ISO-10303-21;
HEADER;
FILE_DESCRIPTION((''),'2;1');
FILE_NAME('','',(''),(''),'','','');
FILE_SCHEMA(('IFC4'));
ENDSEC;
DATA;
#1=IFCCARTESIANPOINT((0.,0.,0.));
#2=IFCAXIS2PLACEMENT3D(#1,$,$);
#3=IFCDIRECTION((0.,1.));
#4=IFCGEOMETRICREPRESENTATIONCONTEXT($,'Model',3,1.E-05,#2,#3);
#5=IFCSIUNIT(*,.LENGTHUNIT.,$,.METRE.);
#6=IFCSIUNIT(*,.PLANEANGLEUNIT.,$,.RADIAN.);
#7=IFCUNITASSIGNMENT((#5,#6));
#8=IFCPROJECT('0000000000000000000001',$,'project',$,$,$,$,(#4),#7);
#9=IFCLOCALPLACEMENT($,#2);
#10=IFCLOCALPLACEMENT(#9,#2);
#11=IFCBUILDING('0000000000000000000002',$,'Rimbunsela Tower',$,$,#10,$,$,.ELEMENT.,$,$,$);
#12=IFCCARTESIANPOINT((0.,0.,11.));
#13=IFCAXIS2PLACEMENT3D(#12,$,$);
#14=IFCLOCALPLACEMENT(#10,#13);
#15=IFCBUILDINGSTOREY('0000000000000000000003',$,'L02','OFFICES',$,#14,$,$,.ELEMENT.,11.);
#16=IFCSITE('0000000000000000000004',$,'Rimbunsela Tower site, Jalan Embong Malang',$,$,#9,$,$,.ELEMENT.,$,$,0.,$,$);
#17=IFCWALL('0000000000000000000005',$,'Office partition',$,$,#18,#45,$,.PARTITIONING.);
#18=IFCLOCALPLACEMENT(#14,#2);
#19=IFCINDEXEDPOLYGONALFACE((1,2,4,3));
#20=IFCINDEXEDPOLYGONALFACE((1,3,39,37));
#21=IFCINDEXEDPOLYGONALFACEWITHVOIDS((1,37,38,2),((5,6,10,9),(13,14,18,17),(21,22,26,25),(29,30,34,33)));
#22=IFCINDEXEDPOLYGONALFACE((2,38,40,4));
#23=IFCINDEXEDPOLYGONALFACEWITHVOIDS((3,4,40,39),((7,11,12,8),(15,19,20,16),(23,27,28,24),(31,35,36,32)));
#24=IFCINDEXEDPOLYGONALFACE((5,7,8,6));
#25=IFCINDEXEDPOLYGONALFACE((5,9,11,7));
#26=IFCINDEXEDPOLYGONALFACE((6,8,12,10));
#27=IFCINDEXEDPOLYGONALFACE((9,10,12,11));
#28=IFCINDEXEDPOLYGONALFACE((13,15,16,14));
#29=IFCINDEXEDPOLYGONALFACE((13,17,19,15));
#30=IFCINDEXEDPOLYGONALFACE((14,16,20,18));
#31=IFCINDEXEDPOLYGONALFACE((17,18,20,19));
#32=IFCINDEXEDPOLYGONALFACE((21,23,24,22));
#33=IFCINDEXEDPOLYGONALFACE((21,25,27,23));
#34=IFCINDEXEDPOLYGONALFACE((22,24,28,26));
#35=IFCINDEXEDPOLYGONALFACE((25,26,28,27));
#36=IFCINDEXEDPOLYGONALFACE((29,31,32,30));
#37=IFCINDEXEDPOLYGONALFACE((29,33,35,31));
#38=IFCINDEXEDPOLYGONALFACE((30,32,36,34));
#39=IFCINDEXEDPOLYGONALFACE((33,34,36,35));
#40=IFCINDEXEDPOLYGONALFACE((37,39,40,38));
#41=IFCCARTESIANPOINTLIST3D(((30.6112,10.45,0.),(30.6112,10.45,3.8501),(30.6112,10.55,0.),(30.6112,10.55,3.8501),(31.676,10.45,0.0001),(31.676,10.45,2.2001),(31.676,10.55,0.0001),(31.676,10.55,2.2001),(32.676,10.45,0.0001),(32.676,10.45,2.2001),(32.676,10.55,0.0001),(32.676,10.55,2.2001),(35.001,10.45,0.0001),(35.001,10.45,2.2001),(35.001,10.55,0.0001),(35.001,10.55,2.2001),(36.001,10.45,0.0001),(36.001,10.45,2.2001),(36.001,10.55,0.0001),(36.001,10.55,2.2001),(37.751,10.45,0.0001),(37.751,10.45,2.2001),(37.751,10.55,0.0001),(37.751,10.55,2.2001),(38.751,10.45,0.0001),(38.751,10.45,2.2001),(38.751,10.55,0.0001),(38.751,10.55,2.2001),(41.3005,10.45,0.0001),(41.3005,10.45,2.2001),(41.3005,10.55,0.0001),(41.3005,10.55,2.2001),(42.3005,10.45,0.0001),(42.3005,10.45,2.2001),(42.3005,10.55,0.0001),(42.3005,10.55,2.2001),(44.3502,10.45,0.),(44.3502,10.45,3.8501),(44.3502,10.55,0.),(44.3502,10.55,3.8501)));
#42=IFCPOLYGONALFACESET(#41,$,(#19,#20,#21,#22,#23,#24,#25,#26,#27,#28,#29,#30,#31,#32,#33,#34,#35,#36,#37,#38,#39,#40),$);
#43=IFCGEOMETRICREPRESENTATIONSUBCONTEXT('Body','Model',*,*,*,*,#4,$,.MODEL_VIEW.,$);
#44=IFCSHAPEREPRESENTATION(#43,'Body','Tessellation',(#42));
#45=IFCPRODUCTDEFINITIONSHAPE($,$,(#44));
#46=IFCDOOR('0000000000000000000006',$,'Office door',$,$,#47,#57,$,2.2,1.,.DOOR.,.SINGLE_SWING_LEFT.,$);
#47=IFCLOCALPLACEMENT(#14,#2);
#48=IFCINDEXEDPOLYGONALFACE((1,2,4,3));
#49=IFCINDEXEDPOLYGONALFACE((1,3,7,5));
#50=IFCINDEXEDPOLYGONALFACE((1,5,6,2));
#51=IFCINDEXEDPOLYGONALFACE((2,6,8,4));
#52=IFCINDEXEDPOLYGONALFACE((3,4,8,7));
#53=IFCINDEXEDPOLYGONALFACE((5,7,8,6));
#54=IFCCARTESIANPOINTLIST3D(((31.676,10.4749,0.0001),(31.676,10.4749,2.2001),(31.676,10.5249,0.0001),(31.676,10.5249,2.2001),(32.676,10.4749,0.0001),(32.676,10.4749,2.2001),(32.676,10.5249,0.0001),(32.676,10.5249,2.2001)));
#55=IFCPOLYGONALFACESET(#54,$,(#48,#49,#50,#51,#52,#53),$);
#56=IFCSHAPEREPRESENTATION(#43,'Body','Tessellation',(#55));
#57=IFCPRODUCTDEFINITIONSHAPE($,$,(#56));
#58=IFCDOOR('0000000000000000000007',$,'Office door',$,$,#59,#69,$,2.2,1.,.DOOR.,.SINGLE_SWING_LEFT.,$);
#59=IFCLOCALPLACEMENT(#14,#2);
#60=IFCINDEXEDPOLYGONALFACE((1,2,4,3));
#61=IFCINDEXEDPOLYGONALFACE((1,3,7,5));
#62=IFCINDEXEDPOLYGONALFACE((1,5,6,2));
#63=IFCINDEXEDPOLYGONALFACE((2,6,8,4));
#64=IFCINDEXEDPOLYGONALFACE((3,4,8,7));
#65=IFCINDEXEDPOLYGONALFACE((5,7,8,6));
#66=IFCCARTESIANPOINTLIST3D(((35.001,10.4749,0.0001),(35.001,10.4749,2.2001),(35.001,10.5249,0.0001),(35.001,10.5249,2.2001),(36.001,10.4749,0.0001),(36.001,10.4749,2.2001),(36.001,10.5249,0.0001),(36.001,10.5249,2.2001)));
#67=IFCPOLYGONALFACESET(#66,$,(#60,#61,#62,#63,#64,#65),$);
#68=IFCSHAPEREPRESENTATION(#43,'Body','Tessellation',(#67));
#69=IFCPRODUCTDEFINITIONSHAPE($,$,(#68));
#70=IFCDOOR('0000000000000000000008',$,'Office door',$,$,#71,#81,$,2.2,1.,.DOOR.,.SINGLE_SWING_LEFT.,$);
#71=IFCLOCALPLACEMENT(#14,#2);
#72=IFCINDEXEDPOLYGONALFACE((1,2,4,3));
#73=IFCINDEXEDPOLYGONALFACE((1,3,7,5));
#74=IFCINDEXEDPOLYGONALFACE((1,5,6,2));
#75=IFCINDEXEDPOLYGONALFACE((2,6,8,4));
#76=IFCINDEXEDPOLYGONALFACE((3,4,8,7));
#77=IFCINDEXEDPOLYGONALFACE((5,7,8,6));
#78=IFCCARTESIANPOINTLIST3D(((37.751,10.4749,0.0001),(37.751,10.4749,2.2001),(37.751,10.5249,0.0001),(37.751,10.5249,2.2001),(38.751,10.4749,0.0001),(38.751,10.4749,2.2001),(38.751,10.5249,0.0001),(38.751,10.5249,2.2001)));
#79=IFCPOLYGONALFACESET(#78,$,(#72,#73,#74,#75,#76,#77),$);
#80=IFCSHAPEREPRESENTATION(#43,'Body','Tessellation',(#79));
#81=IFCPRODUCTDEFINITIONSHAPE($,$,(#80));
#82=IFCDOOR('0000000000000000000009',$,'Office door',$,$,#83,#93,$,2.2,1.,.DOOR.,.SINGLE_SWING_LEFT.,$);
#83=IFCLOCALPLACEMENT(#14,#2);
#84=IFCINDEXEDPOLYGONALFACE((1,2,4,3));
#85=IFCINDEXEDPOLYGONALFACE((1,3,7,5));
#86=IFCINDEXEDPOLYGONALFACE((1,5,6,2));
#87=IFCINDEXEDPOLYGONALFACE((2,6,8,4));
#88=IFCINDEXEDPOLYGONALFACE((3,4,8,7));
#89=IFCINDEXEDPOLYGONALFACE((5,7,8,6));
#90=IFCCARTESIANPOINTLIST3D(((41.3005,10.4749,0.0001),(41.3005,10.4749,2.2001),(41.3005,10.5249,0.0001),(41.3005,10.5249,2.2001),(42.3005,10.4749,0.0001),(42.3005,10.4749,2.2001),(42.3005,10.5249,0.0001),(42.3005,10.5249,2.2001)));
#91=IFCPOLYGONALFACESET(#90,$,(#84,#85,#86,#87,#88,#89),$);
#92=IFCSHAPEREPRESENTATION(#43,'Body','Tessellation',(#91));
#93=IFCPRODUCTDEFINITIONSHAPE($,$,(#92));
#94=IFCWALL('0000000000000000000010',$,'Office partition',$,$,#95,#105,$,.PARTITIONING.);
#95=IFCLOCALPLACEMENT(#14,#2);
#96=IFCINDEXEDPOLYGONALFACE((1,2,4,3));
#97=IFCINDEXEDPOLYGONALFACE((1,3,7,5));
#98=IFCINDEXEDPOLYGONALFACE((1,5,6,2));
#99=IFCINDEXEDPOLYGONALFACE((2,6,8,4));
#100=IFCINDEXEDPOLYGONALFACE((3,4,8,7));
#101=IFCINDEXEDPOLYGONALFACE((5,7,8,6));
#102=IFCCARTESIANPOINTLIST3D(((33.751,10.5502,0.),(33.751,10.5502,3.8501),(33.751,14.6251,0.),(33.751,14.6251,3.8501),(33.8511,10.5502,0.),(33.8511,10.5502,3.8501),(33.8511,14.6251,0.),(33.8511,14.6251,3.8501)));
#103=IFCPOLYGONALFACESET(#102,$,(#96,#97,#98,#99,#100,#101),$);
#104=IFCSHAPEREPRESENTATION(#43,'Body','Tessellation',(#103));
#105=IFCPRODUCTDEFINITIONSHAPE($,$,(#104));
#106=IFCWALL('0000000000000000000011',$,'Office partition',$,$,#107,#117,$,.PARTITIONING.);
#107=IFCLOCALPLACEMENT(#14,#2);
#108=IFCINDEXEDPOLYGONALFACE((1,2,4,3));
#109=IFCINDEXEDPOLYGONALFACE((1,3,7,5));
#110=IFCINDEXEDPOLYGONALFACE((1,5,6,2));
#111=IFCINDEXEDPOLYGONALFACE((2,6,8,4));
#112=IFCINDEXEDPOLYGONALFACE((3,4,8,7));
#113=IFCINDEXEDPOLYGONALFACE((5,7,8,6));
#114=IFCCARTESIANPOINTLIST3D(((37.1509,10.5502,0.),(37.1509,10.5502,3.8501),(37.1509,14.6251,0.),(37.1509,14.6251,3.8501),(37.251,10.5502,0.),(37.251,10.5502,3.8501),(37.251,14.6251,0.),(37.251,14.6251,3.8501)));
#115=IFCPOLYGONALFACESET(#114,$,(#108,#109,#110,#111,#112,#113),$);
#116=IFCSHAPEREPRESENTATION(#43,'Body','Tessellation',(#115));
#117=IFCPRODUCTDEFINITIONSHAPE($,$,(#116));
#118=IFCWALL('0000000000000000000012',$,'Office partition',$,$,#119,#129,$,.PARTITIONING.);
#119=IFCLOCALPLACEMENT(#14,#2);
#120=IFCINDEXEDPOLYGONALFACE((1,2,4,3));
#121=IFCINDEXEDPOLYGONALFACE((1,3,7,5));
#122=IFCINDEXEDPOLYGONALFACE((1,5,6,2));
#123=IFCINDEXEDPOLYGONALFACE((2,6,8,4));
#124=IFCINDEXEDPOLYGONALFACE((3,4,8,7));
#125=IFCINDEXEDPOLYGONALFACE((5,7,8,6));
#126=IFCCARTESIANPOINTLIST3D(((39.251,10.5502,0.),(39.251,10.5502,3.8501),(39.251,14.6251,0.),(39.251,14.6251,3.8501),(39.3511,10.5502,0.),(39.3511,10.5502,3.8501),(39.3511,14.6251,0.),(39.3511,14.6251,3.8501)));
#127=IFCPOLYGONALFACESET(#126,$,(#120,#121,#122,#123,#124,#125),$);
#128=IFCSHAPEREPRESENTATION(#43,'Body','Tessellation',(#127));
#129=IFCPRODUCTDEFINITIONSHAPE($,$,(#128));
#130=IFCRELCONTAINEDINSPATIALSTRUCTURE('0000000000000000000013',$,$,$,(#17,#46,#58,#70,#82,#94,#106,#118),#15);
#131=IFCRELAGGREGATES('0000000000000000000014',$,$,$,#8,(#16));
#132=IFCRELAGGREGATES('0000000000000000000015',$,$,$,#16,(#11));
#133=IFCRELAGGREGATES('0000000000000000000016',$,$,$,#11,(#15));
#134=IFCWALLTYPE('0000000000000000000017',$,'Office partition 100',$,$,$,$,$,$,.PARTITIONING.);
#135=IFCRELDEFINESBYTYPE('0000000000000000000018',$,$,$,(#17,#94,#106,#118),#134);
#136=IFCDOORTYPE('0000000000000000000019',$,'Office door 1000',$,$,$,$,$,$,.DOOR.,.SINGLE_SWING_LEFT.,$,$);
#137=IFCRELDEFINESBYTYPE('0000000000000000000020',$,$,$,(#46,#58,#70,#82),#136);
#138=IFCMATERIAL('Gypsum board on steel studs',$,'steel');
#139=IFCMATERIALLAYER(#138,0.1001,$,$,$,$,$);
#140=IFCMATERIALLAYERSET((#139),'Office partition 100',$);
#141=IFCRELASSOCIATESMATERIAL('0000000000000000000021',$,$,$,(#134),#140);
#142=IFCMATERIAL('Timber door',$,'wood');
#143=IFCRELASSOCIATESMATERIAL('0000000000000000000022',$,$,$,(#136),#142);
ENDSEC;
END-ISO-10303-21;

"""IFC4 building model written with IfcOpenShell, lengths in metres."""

from ifc_helpers import new_model, si_unit, direction, frame, frame_2d, origin, place, context, subcontext, project, spatial, rectangle, extrude, material, layer, layer_set, type_object, element, fill, save


model = new_model("IFC4")

# Units and contexts
model_context = context("Model", 3, precision=1e-05, world=origin(), true_north=direction((0.0, 1.0)))
body_context = subcontext(model_context, "Body", "Model", "MODEL_VIEW")
ifc_project = project(units=[si_unit("LENGTHUNIT", "METRE"), si_unit("PLANEANGLEUNIT", "RADIAN")], contexts=[model_context])

# Site, building, storey
site_placement = place(None, origin())
site = spatial("IfcSite", under=ifc_project, at=site_placement, Name="Rimbunsela Tower site, Jalan Embong Malang", CompositionType="ELEMENT", RefElevation=0.0)
building_placement = place(site_placement, origin())
building = spatial("IfcBuilding", under=site, at=building_placement, Name="Rimbunsela Tower", CompositionType="ELEMENT")
storey_placement = place(building_placement, frame((0.0, 0.0, 11.0)))
storey = spatial("IfcBuildingStorey", under=building, at=storey_placement, Name="L02", Description="OFFICES", CompositionType="ELEMENT", Elevation=11.0)

# Wall, openings, doors
ifc_material_1 = material(Name="Gypsum board on steel studs", Category="steel")
ifc_layer_1 = layer(ifc_material_1, 0.1001)
ifc_layer_set_1 = layer_set([ifc_layer_1], Name="Office partition 100")
wall_type_1 = type_object("IfcWallType", Name="Office partition 100", PredefinedType="PARTITIONING", material=ifc_layer_set_1)
wall_1_placement = place(storey_placement, frame((30.6111, 10.5, 0.0), z_axis=(0.0, 0.0, 1.0), x_axis=(1.0, 0.0, 0.0)))
wall_1 = element("IfcWall", 1, at=wall_1_placement, inside=storey, type_object=wall_type_1, Name="Office partition", PredefinedType="PARTITIONING", context=body_context, shape_type="SweptSolid", body=[
    extrude(rectangle(XDim=13.739, YDim=0.1001, at=frame_2d((6.8696, 0.0))), origin(), (0.0, 0.0, 1.0), 3.8501),
])
opening_1_placement = place(wall_1_placement, frame((1.0649, 0.0, 0.0)))
opening_1 = element("IfcOpeningElement", 2, at=opening_1_placement, cuts=wall_1, PredefinedType="OPENING", context=body_context, shape_type="SweptSolid", body=[
    extrude(rectangle(XDim=1.0, YDim=2.2, at=frame_2d((0.5, 1.1001))), frame((0.0, 0.0601, 0.0), z_axis=(0.0, -1.0, 0.0), x_axis=(1.0, 0.0, 0.0)), (0.0, 0.0, 1.0), 0.1201),
])
opening_2_placement = place(wall_1_placement, frame((4.3899, 0.0, 0.0)))
opening_2 = element("IfcOpeningElement", 3, at=opening_2_placement, cuts=wall_1, PredefinedType="OPENING", context=body_context, shape_type="SweptSolid", body=[
    extrude(rectangle(XDim=1.0, YDim=2.2, at=frame_2d((0.5, 1.1001))), frame((0.0, 0.0601, 0.0), z_axis=(0.0, -1.0, 0.0), x_axis=(1.0, 0.0, 0.0)), (0.0, 0.0, 1.0), 0.1201),
])
opening_3_placement = place(wall_1_placement, frame((7.1399, 0.0, 0.0)))
opening_3 = element("IfcOpeningElement", 4, at=opening_3_placement, cuts=wall_1, PredefinedType="OPENING", context=body_context, shape_type="SweptSolid", body=[
    extrude(rectangle(XDim=1.0, YDim=2.2, at=frame_2d((0.5, 1.1001))), frame((0.0, 0.0601, 0.0), z_axis=(0.0, -1.0, 0.0), x_axis=(1.0, 0.0, 0.0)), (0.0, 0.0, 1.0), 0.1201),
])
opening_4_placement = place(wall_1_placement, frame((10.6895, 0.0, 0.0)))
opening_4 = element("IfcOpeningElement", 5, at=opening_4_placement, cuts=wall_1, PredefinedType="OPENING", context=body_context, shape_type="SweptSolid", body=[
    extrude(rectangle(XDim=1.0, YDim=2.2, at=frame_2d((0.5, 1.1001))), frame((0.0, 0.0601, 0.0), z_axis=(0.0, -1.0, 0.0), x_axis=(1.0, 0.0, 0.0)), (0.0, 0.0, 1.0), 0.1201),
])
ifc_material_2 = material(Name="Timber door", Category="wood")
door_type_1 = type_object("IfcDoorType", Name="Office door 1000", OperationType="SINGLE_SWING_LEFT", PredefinedType="DOOR", material=ifc_material_2)
door_1_placement = place(opening_1_placement, origin())
door_1 = element("IfcDoor", 6, at=door_1_placement, inside=storey, type_object=door_type_1, Name="Office door", OperationType="SINGLE_SWING_LEFT", OverallHeight=2.2, OverallWidth=1.0, PredefinedType="DOOR", context=body_context, shape_type="SweptSolid", body=[
    extrude(rectangle(XDim=1.0, YDim=2.2, at=frame_2d((0.5, 1.1001))), frame((0.0, 0.0249, 0.0), z_axis=(0.0, -1.0, 0.0), x_axis=(1.0, 0.0, 0.0)), (0.0, 0.0, 1.0), 0.05),
])
fill(opening_1, door_1)
door_2_placement = place(opening_2_placement, origin())
door_2 = element("IfcDoor", 7, at=door_2_placement, inside=storey, type_object=door_type_1, Name="Office door", OperationType="SINGLE_SWING_LEFT", OverallHeight=2.2, OverallWidth=1.0, PredefinedType="DOOR", context=body_context, shape_type="SweptSolid", body=[
    extrude(rectangle(XDim=1.0, YDim=2.2, at=frame_2d((0.5, 1.1001))), frame((0.0, 0.0249, 0.0), z_axis=(0.0, -1.0, 0.0), x_axis=(1.0, 0.0, 0.0)), (0.0, 0.0, 1.0), 0.05),
])
fill(opening_2, door_2)
door_3_placement = place(opening_3_placement, origin())
door_3 = element("IfcDoor", 8, at=door_3_placement, inside=storey, type_object=door_type_1, Name="Office door", OperationType="SINGLE_SWING_LEFT", OverallHeight=2.2, OverallWidth=1.0, PredefinedType="DOOR", context=body_context, shape_type="SweptSolid", body=[
    extrude(rectangle(XDim=1.0, YDim=2.2, at=frame_2d((0.5, 1.1001))), frame((0.0, 0.0249, 0.0), z_axis=(0.0, -1.0, 0.0), x_axis=(1.0, 0.0, 0.0)), (0.0, 0.0, 1.0), 0.05),
])
fill(opening_3, door_3)
door_4_placement = place(opening_4_placement, origin())
door_4 = element("IfcDoor", 9, at=door_4_placement, inside=storey, type_object=door_type_1, Name="Office door", OperationType="SINGLE_SWING_LEFT", OverallHeight=2.2, OverallWidth=1.0, PredefinedType="DOOR", context=body_context, shape_type="SweptSolid", body=[
    extrude(rectangle(XDim=1.0, YDim=2.2, at=frame_2d((0.5, 1.1001))), frame((0.0, 0.0249, 0.0), z_axis=(0.0, -1.0, 0.0), x_axis=(1.0, 0.0, 0.0)), (0.0, 0.0, 1.0), 0.05),
])
fill(opening_4, door_4)

# Walls
for number, where, z_axis, x_axis, name in (
    (10, (33.801, 10.55, 0.0), (0.0, 0.0, 1.0), (0.0, 1.0, 0.0), "Office partition"),
    (11, (37.2009, 10.55, 0.0), (0.0, 0.0, 1.0), (0.0, 1.0, 0.0), "Office partition"),
    (12, (39.301, 10.55, 0.0), (0.0, 0.0, 1.0), (0.0, 1.0, 0.0), "Office partition"),
):
    element("IfcWall", number, at=place(storey_placement, frame(where, z_axis=z_axis, x_axis=x_axis)), inside=storey, type_object=wall_type_1, Name=name, PredefinedType="PARTITIONING", context=body_context, shape_type="SweptSolid", body=[
        extrude(rectangle(XDim=4.075, YDim=0.1001, at=frame_2d((2.0376, 0.0))), origin(), (0.0, 0.0, 1.0), 3.8501),
    ])

save(model, "model.ifc")
